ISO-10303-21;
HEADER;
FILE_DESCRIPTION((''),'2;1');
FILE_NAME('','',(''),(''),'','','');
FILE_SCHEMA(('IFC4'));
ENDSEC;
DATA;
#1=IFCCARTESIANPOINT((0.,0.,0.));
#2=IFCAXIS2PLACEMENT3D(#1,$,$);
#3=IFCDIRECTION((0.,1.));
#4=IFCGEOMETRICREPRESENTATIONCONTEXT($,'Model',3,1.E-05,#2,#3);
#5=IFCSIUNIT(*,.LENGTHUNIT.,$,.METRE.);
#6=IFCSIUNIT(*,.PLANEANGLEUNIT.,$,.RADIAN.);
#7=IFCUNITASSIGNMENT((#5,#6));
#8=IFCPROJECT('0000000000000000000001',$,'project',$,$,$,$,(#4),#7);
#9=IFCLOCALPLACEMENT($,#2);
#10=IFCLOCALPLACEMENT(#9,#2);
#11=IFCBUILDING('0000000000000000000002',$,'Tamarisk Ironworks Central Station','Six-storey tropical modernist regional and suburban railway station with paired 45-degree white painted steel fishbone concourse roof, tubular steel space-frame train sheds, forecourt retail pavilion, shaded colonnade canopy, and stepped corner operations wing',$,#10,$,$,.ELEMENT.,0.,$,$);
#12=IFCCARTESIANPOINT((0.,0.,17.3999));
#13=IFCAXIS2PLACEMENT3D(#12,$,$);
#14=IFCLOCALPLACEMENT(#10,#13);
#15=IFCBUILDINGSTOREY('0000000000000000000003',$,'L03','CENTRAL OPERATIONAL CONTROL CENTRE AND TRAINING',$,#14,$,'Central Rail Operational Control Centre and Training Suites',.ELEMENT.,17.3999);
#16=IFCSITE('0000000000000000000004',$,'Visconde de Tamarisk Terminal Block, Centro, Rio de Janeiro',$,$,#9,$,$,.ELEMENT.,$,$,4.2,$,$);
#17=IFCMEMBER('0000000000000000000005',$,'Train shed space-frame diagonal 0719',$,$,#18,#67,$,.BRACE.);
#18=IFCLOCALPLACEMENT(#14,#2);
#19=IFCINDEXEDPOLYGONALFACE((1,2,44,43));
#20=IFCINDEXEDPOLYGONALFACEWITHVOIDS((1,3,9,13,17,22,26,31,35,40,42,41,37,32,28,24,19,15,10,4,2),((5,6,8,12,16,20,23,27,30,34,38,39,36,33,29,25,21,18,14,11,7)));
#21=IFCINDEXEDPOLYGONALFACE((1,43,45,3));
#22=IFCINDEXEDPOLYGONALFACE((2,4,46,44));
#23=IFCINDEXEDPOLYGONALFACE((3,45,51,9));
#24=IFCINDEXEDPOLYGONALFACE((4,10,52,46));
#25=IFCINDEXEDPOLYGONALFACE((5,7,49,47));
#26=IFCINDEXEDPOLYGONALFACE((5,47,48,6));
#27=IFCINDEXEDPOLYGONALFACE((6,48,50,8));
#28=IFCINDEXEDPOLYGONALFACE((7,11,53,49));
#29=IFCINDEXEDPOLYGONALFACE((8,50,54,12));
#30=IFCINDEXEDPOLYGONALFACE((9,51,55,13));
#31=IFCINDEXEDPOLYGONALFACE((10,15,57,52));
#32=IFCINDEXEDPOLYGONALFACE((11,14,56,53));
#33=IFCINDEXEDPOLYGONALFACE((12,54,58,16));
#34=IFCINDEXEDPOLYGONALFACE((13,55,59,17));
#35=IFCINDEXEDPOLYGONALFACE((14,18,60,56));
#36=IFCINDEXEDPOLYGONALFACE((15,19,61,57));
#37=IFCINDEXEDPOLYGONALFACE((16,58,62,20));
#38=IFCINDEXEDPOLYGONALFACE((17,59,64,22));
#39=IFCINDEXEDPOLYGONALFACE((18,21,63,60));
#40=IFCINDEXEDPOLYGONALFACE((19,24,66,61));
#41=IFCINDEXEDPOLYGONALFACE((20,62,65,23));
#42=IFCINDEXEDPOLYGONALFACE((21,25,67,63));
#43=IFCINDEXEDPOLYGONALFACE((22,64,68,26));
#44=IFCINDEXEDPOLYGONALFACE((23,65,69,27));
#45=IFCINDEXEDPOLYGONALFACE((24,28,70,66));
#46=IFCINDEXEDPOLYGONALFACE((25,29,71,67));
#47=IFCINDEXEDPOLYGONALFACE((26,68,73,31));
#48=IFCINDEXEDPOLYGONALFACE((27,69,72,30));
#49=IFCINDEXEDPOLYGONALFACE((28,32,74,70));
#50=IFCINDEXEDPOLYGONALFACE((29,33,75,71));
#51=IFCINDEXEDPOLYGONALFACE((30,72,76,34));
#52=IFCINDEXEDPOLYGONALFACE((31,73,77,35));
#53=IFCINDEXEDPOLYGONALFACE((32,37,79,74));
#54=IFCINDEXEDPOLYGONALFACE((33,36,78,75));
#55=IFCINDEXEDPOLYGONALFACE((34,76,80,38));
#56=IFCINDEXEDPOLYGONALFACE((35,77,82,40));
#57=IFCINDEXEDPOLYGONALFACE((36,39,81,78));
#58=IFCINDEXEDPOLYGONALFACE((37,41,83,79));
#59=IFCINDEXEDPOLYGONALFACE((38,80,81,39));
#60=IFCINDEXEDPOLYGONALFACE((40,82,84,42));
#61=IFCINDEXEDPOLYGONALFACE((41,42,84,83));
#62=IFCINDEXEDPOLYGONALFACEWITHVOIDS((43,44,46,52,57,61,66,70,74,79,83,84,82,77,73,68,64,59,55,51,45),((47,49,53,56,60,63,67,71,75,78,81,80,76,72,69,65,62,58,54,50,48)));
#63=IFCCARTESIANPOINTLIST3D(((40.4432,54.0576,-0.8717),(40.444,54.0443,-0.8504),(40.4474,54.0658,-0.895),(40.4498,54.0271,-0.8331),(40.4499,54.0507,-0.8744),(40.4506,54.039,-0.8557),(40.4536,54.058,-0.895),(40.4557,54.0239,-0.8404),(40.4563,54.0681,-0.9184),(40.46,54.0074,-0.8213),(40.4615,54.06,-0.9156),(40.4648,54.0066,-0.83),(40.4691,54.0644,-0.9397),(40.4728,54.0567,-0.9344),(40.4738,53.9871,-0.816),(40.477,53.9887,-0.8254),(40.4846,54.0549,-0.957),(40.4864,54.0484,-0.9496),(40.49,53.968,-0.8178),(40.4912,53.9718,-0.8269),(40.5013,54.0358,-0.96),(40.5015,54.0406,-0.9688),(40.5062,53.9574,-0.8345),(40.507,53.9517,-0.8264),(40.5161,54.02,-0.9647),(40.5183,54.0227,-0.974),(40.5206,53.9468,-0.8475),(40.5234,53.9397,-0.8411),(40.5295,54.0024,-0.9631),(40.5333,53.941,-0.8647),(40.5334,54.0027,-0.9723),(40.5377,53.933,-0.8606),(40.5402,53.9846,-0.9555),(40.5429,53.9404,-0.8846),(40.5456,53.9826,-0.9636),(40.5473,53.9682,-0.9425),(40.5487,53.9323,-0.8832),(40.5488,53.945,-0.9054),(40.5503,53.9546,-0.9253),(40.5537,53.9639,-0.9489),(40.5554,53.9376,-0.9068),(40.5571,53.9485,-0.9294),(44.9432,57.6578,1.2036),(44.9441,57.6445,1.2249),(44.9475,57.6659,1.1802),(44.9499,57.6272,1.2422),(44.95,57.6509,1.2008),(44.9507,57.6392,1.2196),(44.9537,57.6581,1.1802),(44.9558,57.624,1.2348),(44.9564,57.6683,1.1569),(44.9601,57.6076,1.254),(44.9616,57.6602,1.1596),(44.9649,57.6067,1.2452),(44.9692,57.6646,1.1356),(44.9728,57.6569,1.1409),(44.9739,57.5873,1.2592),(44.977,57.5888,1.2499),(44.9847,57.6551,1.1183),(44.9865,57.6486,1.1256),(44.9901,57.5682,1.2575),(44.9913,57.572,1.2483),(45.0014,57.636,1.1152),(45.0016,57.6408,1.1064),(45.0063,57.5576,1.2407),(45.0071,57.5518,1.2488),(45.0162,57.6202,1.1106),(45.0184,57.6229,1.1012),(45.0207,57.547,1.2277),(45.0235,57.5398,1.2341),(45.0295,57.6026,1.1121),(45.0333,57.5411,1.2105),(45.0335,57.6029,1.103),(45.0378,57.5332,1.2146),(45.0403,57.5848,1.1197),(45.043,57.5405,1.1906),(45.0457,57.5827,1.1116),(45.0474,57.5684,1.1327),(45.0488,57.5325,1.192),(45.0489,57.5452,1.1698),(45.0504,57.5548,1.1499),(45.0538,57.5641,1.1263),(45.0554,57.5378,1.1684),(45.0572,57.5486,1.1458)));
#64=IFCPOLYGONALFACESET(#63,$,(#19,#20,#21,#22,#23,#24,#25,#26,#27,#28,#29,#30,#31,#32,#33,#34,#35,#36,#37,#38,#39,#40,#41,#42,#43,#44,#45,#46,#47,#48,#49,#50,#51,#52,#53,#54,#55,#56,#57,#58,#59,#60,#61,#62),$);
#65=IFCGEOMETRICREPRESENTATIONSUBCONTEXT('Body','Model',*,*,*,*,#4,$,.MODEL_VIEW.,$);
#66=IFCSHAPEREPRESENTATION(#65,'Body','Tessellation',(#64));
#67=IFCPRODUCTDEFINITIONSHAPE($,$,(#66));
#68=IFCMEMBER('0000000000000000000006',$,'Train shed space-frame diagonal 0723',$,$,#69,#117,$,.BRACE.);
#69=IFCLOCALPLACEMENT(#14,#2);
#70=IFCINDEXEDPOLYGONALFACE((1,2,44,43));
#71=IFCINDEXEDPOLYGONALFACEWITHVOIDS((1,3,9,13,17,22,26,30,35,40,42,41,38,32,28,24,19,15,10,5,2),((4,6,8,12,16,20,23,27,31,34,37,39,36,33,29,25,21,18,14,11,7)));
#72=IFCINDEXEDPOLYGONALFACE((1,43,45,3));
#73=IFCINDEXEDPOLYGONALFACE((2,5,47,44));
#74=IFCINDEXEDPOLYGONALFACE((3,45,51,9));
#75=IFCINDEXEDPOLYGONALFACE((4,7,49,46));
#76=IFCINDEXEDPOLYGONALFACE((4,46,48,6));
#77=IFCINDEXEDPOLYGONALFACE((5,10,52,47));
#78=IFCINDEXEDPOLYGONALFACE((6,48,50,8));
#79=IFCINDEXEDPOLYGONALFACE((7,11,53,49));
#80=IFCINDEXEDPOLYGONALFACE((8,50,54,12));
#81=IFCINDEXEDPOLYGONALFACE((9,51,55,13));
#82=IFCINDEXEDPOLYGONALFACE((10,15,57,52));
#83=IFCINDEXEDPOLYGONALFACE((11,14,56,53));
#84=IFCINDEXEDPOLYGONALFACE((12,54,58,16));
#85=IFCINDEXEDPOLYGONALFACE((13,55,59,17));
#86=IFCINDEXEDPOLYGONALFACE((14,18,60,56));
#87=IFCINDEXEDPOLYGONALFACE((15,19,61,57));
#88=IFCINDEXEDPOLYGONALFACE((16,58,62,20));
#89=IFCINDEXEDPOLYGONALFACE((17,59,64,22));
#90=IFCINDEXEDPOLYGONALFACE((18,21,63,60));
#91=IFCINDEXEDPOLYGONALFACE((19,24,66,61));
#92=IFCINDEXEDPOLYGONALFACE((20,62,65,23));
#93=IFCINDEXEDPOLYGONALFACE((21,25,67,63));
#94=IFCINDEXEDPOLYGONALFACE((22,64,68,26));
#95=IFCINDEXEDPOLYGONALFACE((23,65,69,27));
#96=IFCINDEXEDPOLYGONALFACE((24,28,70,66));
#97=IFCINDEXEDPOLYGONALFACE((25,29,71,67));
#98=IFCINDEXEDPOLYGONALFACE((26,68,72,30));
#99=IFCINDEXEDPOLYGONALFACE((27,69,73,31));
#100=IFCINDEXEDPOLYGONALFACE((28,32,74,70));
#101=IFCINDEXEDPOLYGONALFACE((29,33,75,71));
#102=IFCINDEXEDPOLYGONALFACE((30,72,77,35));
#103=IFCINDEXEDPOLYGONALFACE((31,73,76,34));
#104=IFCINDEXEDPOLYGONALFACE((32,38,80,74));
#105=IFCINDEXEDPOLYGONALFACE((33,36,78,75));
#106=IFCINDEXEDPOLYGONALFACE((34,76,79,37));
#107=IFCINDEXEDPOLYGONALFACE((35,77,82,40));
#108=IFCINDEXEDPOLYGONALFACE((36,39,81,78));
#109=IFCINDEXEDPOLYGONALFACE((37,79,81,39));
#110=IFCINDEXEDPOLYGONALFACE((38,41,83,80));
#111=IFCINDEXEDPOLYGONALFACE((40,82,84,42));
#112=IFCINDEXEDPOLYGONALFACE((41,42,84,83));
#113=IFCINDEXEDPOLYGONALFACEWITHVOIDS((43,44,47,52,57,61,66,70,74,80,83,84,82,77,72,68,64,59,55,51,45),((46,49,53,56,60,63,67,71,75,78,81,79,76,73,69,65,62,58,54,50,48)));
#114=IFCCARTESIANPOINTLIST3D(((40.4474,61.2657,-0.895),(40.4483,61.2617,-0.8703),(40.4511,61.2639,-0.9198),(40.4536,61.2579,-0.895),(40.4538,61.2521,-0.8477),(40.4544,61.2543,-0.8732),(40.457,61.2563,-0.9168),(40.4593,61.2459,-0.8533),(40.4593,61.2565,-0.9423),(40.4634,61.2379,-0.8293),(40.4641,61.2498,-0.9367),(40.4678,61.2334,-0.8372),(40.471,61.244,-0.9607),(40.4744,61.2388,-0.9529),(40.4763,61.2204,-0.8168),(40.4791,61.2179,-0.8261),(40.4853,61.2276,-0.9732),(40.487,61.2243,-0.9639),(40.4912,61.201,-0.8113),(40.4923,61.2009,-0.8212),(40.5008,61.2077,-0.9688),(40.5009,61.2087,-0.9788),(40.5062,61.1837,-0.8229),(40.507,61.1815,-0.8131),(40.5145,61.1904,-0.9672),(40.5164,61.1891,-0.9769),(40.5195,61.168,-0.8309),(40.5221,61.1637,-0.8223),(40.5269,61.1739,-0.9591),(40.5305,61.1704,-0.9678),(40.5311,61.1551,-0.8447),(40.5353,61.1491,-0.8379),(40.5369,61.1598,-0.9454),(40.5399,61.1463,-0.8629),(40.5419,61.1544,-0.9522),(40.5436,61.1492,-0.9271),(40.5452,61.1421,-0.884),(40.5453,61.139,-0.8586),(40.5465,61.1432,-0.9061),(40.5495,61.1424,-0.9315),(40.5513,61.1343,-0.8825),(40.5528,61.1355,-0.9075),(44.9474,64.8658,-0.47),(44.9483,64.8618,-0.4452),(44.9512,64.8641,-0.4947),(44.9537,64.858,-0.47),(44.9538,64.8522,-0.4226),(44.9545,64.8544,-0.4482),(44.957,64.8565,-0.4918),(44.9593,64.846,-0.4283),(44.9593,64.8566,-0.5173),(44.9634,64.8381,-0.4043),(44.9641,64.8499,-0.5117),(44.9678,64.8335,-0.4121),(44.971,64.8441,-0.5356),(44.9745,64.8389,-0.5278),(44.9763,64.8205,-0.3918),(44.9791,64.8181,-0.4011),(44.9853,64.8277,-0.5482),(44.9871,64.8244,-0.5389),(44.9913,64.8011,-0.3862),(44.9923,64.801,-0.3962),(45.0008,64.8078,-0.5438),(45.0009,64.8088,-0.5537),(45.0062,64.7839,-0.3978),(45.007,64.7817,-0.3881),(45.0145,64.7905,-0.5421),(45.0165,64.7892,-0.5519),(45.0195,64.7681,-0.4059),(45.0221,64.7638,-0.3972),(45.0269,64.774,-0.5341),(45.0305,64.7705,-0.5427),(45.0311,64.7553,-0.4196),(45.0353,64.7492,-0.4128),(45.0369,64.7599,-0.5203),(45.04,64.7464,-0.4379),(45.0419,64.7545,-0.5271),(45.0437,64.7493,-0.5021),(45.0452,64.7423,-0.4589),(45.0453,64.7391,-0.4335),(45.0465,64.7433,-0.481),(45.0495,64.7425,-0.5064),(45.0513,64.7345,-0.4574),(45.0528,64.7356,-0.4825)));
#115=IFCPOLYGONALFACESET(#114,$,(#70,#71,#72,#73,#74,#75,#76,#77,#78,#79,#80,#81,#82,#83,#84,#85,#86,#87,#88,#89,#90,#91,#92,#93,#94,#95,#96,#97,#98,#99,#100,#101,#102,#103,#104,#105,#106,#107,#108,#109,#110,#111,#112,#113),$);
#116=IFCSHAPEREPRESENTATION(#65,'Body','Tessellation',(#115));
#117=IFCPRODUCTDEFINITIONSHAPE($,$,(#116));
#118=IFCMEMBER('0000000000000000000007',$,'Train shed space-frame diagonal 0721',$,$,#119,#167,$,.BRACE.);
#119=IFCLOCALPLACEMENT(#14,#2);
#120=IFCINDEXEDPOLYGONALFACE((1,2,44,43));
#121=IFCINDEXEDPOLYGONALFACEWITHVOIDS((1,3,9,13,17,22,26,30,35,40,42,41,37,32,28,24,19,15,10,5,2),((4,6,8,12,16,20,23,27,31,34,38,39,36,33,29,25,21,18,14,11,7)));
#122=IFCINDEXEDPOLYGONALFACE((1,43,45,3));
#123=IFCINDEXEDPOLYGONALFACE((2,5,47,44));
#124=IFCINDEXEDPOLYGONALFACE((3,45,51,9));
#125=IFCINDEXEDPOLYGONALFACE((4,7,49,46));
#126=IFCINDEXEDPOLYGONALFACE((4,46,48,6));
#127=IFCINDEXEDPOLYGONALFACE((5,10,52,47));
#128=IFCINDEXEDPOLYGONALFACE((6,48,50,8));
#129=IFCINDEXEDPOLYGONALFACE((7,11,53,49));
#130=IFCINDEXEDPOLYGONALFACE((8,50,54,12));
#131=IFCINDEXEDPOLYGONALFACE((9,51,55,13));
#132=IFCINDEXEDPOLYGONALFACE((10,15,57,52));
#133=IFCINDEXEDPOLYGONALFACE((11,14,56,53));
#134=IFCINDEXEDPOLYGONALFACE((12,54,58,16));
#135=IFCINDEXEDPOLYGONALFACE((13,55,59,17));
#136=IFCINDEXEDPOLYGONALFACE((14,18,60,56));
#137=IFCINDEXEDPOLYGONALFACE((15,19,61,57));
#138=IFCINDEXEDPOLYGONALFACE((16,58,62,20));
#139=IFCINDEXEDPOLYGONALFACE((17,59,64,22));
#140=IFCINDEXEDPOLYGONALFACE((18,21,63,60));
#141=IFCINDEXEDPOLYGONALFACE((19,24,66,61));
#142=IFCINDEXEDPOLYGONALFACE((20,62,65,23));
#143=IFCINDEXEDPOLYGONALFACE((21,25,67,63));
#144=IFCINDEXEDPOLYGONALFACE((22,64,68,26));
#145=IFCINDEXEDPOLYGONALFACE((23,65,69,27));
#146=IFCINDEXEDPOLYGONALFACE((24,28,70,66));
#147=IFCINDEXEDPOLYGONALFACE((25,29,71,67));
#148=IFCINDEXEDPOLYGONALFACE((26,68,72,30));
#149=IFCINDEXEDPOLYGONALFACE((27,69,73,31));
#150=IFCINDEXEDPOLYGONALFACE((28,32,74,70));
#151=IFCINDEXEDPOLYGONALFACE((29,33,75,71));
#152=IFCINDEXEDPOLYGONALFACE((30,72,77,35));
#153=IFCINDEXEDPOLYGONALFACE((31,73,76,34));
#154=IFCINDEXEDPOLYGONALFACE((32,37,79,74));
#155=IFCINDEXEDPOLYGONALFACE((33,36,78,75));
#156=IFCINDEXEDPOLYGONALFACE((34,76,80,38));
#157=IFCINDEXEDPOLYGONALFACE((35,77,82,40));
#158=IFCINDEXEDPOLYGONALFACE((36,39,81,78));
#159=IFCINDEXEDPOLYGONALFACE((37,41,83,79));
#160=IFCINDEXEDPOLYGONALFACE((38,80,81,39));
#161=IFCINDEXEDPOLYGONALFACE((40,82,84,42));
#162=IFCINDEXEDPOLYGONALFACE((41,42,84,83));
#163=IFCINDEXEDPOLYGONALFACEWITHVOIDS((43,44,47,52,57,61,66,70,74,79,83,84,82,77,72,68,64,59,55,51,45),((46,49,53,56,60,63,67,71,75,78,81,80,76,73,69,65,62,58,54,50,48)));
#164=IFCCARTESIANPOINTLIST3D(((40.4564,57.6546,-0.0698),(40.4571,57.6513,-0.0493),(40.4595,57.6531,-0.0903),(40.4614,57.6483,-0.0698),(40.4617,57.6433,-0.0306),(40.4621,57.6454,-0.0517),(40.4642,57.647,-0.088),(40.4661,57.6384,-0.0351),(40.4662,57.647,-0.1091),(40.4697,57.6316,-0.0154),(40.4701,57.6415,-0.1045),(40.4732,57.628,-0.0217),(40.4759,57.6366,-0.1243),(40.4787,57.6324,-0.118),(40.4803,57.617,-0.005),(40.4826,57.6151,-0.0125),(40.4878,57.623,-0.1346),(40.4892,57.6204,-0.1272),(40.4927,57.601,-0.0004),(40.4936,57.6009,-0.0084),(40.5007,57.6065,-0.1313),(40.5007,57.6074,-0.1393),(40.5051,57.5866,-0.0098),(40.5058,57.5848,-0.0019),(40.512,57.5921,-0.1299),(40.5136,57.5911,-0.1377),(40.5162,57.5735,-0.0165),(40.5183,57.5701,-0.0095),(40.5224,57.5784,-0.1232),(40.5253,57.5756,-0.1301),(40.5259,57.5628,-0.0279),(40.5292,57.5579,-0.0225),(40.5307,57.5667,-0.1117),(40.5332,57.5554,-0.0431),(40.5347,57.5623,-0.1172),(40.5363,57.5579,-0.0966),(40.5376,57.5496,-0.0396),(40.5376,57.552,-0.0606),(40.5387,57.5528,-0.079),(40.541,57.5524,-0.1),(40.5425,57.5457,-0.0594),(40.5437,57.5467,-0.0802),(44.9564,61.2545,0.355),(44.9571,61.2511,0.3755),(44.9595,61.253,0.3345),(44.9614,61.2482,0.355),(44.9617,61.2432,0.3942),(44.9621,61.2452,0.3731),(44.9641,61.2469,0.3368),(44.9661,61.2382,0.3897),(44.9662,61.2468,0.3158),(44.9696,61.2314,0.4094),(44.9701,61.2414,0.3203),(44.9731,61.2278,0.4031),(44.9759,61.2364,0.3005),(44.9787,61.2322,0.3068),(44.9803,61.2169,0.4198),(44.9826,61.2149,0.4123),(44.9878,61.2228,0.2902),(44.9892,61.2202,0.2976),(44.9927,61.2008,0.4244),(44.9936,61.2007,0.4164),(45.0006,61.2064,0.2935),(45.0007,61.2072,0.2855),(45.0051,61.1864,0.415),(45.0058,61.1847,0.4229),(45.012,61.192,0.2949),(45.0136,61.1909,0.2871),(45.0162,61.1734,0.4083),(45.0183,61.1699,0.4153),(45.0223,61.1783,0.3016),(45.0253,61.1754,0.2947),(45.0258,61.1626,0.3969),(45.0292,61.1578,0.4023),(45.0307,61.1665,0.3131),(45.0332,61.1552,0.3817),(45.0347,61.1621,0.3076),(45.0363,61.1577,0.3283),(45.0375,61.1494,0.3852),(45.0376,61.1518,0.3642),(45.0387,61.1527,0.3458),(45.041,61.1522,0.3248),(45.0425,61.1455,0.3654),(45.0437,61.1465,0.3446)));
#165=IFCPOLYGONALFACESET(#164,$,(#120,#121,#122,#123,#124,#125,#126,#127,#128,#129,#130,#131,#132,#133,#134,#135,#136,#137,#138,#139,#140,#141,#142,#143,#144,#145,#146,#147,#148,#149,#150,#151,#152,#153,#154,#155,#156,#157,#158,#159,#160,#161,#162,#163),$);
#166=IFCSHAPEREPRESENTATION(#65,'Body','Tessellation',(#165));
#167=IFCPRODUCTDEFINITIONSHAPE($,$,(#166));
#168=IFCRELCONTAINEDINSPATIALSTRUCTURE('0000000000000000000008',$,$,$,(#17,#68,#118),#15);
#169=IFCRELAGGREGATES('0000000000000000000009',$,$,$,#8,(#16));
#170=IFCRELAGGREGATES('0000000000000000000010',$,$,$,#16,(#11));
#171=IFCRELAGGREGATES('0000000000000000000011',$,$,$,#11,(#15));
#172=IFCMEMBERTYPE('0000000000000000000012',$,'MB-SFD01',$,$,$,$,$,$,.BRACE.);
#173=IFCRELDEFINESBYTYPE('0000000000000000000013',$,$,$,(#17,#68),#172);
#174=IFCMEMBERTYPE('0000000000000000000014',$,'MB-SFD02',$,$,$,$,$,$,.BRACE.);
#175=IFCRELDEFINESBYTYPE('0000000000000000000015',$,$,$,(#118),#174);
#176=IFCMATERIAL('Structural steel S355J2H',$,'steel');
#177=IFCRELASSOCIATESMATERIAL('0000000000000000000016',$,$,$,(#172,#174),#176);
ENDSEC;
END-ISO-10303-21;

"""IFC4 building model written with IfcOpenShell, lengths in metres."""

from ifc_helpers import new_model, si_unit, direction, frame, origin, origin_2d, place, context, subcontext, project, spatial, hollow_circle, extrude, material, material_profile, profile_set, type_object, element, save


model = new_model("IFC4")

# Units and contexts
model_context = context("Model", 3, precision=1e-05, world=origin(), true_north=direction((0.0, 1.0)))
body_context = subcontext(model_context, "Body", "Model", "MODEL_VIEW")
ifc_project = project(units=[si_unit("LENGTHUNIT", "METRE"), si_unit("PLANEANGLEUNIT", "RADIAN")], contexts=[model_context])

# Site, building, storey
site_placement = place(None, origin())
site = spatial("IfcSite", under=ifc_project, at=site_placement, Name="Visconde de Tamarisk Terminal Block, Centro, Rio de Janeiro", CompositionType="ELEMENT", RefElevation=4.2)
building_placement = place(site_placement, origin())
building = spatial("IfcBuilding", under=site, at=building_placement, Name="Tamarisk Ironworks Central Station", Description="Six-storey tropical modernist regional and suburban railway station with paired 45-degree white painted steel fishbone concourse roof, tubular steel space-frame train sheds, forecourt retail pavilion, shaded colonnade canopy, and stepped corner operations wing", CompositionType="ELEMENT", ElevationOfRefHeight=0.0)
storey_placement = place(building_placement, frame((0.0, 0.0, 17.3999)))
storey = spatial("IfcBuildingStorey", under=building, at=storey_placement, Name="L03", Description="CENTRAL OPERATIONAL CONTROL CENTRE AND TRAINING", LongName="Central Rail Operational Control Centre and Training Suites", CompositionType="ELEMENT", Elevation=17.3999)

# Members
ifc_material = material(Name="Structural steel S355J2H", Category="steel")
ifc_material_profile_1 = material_profile(ifc_material, hollow_circle(Radius=0.0842, WallThickness=0.01, at=origin_2d()), Name="CHS 168.3x10")
ifc_profile_set_1 = profile_set([ifc_material_profile_1], Name="Structural steel S355J2H")
member_type_1 = type_object("IfcMemberType", Name="MB-SFD01", PredefinedType="BRACE", material=ifc_profile_set_1)
member_1_placement = place(storey_placement, frame((40.5, 54.0, -0.895), z_axis=(0.734679, 0.587759, 0.338801), x_axis=(-0.624705, 0.780861, 0.0)))
element("IfcMember", 1, at=member_1_placement, inside=storey, type_object=member_type_1, Name="Train shed space-frame diagonal 0719", PredefinedType="BRACE", context=body_context, shape_type="SweptSolid", body=[
    extrude(hollow_circle(Radius=0.0842, WallThickness=0.01, at=origin_2d()), origin(), (0.0, 0.0, 1.0), 6.1252),
])
member_2_placement = place(storey_placement, frame((40.5, 61.2, -0.895), z_axis=(0.778745, 0.623013, 0.073557), x_axis=(-0.624705, 0.780861, 0.0)))
element("IfcMember", 2, at=member_2_placement, inside=storey, type_object=member_type_1, Name="Train shed space-frame diagonal 0723", PredefinedType="BRACE", context=body_context, shape_type="SweptSolid", body=[
    extrude(hollow_circle(Radius=0.0842, WallThickness=0.01, at=origin_2d()), origin(), (0.0, 0.0, 1.0), 5.7786),
])
ifc_material_profile_2 = material_profile(ifc_material, hollow_circle(Radius=0.0698, WallThickness=0.0081, at=origin_2d()), Name="CHS 139.7x8")
ifc_profile_set_2 = profile_set([ifc_material_profile_2], Name="Structural steel S355J2H")
member_type_2 = type_object("IfcMemberType", Name="MB-SFD02", PredefinedType="BRACE", material=ifc_profile_set_2)
member_3_placement = place(storey_placement, frame((40.5, 57.6001, -0.0698), z_axis=(0.778768, 0.622989, 0.073517), x_axis=(-0.62468, 0.780881, 0.0)))
element("IfcMember", 3, at=member_3_placement, inside=storey, type_object=member_type_2, Name="Train shed space-frame diagonal 0721", PredefinedType="BRACE", context=body_context, shape_type="SweptSolid", body=[
    extrude(hollow_circle(Radius=0.0698, WallThickness=0.0081, at=origin_2d()), origin(), (0.0, 0.0, 1.0), 5.7783),
])

save(model, "model.ifc")
